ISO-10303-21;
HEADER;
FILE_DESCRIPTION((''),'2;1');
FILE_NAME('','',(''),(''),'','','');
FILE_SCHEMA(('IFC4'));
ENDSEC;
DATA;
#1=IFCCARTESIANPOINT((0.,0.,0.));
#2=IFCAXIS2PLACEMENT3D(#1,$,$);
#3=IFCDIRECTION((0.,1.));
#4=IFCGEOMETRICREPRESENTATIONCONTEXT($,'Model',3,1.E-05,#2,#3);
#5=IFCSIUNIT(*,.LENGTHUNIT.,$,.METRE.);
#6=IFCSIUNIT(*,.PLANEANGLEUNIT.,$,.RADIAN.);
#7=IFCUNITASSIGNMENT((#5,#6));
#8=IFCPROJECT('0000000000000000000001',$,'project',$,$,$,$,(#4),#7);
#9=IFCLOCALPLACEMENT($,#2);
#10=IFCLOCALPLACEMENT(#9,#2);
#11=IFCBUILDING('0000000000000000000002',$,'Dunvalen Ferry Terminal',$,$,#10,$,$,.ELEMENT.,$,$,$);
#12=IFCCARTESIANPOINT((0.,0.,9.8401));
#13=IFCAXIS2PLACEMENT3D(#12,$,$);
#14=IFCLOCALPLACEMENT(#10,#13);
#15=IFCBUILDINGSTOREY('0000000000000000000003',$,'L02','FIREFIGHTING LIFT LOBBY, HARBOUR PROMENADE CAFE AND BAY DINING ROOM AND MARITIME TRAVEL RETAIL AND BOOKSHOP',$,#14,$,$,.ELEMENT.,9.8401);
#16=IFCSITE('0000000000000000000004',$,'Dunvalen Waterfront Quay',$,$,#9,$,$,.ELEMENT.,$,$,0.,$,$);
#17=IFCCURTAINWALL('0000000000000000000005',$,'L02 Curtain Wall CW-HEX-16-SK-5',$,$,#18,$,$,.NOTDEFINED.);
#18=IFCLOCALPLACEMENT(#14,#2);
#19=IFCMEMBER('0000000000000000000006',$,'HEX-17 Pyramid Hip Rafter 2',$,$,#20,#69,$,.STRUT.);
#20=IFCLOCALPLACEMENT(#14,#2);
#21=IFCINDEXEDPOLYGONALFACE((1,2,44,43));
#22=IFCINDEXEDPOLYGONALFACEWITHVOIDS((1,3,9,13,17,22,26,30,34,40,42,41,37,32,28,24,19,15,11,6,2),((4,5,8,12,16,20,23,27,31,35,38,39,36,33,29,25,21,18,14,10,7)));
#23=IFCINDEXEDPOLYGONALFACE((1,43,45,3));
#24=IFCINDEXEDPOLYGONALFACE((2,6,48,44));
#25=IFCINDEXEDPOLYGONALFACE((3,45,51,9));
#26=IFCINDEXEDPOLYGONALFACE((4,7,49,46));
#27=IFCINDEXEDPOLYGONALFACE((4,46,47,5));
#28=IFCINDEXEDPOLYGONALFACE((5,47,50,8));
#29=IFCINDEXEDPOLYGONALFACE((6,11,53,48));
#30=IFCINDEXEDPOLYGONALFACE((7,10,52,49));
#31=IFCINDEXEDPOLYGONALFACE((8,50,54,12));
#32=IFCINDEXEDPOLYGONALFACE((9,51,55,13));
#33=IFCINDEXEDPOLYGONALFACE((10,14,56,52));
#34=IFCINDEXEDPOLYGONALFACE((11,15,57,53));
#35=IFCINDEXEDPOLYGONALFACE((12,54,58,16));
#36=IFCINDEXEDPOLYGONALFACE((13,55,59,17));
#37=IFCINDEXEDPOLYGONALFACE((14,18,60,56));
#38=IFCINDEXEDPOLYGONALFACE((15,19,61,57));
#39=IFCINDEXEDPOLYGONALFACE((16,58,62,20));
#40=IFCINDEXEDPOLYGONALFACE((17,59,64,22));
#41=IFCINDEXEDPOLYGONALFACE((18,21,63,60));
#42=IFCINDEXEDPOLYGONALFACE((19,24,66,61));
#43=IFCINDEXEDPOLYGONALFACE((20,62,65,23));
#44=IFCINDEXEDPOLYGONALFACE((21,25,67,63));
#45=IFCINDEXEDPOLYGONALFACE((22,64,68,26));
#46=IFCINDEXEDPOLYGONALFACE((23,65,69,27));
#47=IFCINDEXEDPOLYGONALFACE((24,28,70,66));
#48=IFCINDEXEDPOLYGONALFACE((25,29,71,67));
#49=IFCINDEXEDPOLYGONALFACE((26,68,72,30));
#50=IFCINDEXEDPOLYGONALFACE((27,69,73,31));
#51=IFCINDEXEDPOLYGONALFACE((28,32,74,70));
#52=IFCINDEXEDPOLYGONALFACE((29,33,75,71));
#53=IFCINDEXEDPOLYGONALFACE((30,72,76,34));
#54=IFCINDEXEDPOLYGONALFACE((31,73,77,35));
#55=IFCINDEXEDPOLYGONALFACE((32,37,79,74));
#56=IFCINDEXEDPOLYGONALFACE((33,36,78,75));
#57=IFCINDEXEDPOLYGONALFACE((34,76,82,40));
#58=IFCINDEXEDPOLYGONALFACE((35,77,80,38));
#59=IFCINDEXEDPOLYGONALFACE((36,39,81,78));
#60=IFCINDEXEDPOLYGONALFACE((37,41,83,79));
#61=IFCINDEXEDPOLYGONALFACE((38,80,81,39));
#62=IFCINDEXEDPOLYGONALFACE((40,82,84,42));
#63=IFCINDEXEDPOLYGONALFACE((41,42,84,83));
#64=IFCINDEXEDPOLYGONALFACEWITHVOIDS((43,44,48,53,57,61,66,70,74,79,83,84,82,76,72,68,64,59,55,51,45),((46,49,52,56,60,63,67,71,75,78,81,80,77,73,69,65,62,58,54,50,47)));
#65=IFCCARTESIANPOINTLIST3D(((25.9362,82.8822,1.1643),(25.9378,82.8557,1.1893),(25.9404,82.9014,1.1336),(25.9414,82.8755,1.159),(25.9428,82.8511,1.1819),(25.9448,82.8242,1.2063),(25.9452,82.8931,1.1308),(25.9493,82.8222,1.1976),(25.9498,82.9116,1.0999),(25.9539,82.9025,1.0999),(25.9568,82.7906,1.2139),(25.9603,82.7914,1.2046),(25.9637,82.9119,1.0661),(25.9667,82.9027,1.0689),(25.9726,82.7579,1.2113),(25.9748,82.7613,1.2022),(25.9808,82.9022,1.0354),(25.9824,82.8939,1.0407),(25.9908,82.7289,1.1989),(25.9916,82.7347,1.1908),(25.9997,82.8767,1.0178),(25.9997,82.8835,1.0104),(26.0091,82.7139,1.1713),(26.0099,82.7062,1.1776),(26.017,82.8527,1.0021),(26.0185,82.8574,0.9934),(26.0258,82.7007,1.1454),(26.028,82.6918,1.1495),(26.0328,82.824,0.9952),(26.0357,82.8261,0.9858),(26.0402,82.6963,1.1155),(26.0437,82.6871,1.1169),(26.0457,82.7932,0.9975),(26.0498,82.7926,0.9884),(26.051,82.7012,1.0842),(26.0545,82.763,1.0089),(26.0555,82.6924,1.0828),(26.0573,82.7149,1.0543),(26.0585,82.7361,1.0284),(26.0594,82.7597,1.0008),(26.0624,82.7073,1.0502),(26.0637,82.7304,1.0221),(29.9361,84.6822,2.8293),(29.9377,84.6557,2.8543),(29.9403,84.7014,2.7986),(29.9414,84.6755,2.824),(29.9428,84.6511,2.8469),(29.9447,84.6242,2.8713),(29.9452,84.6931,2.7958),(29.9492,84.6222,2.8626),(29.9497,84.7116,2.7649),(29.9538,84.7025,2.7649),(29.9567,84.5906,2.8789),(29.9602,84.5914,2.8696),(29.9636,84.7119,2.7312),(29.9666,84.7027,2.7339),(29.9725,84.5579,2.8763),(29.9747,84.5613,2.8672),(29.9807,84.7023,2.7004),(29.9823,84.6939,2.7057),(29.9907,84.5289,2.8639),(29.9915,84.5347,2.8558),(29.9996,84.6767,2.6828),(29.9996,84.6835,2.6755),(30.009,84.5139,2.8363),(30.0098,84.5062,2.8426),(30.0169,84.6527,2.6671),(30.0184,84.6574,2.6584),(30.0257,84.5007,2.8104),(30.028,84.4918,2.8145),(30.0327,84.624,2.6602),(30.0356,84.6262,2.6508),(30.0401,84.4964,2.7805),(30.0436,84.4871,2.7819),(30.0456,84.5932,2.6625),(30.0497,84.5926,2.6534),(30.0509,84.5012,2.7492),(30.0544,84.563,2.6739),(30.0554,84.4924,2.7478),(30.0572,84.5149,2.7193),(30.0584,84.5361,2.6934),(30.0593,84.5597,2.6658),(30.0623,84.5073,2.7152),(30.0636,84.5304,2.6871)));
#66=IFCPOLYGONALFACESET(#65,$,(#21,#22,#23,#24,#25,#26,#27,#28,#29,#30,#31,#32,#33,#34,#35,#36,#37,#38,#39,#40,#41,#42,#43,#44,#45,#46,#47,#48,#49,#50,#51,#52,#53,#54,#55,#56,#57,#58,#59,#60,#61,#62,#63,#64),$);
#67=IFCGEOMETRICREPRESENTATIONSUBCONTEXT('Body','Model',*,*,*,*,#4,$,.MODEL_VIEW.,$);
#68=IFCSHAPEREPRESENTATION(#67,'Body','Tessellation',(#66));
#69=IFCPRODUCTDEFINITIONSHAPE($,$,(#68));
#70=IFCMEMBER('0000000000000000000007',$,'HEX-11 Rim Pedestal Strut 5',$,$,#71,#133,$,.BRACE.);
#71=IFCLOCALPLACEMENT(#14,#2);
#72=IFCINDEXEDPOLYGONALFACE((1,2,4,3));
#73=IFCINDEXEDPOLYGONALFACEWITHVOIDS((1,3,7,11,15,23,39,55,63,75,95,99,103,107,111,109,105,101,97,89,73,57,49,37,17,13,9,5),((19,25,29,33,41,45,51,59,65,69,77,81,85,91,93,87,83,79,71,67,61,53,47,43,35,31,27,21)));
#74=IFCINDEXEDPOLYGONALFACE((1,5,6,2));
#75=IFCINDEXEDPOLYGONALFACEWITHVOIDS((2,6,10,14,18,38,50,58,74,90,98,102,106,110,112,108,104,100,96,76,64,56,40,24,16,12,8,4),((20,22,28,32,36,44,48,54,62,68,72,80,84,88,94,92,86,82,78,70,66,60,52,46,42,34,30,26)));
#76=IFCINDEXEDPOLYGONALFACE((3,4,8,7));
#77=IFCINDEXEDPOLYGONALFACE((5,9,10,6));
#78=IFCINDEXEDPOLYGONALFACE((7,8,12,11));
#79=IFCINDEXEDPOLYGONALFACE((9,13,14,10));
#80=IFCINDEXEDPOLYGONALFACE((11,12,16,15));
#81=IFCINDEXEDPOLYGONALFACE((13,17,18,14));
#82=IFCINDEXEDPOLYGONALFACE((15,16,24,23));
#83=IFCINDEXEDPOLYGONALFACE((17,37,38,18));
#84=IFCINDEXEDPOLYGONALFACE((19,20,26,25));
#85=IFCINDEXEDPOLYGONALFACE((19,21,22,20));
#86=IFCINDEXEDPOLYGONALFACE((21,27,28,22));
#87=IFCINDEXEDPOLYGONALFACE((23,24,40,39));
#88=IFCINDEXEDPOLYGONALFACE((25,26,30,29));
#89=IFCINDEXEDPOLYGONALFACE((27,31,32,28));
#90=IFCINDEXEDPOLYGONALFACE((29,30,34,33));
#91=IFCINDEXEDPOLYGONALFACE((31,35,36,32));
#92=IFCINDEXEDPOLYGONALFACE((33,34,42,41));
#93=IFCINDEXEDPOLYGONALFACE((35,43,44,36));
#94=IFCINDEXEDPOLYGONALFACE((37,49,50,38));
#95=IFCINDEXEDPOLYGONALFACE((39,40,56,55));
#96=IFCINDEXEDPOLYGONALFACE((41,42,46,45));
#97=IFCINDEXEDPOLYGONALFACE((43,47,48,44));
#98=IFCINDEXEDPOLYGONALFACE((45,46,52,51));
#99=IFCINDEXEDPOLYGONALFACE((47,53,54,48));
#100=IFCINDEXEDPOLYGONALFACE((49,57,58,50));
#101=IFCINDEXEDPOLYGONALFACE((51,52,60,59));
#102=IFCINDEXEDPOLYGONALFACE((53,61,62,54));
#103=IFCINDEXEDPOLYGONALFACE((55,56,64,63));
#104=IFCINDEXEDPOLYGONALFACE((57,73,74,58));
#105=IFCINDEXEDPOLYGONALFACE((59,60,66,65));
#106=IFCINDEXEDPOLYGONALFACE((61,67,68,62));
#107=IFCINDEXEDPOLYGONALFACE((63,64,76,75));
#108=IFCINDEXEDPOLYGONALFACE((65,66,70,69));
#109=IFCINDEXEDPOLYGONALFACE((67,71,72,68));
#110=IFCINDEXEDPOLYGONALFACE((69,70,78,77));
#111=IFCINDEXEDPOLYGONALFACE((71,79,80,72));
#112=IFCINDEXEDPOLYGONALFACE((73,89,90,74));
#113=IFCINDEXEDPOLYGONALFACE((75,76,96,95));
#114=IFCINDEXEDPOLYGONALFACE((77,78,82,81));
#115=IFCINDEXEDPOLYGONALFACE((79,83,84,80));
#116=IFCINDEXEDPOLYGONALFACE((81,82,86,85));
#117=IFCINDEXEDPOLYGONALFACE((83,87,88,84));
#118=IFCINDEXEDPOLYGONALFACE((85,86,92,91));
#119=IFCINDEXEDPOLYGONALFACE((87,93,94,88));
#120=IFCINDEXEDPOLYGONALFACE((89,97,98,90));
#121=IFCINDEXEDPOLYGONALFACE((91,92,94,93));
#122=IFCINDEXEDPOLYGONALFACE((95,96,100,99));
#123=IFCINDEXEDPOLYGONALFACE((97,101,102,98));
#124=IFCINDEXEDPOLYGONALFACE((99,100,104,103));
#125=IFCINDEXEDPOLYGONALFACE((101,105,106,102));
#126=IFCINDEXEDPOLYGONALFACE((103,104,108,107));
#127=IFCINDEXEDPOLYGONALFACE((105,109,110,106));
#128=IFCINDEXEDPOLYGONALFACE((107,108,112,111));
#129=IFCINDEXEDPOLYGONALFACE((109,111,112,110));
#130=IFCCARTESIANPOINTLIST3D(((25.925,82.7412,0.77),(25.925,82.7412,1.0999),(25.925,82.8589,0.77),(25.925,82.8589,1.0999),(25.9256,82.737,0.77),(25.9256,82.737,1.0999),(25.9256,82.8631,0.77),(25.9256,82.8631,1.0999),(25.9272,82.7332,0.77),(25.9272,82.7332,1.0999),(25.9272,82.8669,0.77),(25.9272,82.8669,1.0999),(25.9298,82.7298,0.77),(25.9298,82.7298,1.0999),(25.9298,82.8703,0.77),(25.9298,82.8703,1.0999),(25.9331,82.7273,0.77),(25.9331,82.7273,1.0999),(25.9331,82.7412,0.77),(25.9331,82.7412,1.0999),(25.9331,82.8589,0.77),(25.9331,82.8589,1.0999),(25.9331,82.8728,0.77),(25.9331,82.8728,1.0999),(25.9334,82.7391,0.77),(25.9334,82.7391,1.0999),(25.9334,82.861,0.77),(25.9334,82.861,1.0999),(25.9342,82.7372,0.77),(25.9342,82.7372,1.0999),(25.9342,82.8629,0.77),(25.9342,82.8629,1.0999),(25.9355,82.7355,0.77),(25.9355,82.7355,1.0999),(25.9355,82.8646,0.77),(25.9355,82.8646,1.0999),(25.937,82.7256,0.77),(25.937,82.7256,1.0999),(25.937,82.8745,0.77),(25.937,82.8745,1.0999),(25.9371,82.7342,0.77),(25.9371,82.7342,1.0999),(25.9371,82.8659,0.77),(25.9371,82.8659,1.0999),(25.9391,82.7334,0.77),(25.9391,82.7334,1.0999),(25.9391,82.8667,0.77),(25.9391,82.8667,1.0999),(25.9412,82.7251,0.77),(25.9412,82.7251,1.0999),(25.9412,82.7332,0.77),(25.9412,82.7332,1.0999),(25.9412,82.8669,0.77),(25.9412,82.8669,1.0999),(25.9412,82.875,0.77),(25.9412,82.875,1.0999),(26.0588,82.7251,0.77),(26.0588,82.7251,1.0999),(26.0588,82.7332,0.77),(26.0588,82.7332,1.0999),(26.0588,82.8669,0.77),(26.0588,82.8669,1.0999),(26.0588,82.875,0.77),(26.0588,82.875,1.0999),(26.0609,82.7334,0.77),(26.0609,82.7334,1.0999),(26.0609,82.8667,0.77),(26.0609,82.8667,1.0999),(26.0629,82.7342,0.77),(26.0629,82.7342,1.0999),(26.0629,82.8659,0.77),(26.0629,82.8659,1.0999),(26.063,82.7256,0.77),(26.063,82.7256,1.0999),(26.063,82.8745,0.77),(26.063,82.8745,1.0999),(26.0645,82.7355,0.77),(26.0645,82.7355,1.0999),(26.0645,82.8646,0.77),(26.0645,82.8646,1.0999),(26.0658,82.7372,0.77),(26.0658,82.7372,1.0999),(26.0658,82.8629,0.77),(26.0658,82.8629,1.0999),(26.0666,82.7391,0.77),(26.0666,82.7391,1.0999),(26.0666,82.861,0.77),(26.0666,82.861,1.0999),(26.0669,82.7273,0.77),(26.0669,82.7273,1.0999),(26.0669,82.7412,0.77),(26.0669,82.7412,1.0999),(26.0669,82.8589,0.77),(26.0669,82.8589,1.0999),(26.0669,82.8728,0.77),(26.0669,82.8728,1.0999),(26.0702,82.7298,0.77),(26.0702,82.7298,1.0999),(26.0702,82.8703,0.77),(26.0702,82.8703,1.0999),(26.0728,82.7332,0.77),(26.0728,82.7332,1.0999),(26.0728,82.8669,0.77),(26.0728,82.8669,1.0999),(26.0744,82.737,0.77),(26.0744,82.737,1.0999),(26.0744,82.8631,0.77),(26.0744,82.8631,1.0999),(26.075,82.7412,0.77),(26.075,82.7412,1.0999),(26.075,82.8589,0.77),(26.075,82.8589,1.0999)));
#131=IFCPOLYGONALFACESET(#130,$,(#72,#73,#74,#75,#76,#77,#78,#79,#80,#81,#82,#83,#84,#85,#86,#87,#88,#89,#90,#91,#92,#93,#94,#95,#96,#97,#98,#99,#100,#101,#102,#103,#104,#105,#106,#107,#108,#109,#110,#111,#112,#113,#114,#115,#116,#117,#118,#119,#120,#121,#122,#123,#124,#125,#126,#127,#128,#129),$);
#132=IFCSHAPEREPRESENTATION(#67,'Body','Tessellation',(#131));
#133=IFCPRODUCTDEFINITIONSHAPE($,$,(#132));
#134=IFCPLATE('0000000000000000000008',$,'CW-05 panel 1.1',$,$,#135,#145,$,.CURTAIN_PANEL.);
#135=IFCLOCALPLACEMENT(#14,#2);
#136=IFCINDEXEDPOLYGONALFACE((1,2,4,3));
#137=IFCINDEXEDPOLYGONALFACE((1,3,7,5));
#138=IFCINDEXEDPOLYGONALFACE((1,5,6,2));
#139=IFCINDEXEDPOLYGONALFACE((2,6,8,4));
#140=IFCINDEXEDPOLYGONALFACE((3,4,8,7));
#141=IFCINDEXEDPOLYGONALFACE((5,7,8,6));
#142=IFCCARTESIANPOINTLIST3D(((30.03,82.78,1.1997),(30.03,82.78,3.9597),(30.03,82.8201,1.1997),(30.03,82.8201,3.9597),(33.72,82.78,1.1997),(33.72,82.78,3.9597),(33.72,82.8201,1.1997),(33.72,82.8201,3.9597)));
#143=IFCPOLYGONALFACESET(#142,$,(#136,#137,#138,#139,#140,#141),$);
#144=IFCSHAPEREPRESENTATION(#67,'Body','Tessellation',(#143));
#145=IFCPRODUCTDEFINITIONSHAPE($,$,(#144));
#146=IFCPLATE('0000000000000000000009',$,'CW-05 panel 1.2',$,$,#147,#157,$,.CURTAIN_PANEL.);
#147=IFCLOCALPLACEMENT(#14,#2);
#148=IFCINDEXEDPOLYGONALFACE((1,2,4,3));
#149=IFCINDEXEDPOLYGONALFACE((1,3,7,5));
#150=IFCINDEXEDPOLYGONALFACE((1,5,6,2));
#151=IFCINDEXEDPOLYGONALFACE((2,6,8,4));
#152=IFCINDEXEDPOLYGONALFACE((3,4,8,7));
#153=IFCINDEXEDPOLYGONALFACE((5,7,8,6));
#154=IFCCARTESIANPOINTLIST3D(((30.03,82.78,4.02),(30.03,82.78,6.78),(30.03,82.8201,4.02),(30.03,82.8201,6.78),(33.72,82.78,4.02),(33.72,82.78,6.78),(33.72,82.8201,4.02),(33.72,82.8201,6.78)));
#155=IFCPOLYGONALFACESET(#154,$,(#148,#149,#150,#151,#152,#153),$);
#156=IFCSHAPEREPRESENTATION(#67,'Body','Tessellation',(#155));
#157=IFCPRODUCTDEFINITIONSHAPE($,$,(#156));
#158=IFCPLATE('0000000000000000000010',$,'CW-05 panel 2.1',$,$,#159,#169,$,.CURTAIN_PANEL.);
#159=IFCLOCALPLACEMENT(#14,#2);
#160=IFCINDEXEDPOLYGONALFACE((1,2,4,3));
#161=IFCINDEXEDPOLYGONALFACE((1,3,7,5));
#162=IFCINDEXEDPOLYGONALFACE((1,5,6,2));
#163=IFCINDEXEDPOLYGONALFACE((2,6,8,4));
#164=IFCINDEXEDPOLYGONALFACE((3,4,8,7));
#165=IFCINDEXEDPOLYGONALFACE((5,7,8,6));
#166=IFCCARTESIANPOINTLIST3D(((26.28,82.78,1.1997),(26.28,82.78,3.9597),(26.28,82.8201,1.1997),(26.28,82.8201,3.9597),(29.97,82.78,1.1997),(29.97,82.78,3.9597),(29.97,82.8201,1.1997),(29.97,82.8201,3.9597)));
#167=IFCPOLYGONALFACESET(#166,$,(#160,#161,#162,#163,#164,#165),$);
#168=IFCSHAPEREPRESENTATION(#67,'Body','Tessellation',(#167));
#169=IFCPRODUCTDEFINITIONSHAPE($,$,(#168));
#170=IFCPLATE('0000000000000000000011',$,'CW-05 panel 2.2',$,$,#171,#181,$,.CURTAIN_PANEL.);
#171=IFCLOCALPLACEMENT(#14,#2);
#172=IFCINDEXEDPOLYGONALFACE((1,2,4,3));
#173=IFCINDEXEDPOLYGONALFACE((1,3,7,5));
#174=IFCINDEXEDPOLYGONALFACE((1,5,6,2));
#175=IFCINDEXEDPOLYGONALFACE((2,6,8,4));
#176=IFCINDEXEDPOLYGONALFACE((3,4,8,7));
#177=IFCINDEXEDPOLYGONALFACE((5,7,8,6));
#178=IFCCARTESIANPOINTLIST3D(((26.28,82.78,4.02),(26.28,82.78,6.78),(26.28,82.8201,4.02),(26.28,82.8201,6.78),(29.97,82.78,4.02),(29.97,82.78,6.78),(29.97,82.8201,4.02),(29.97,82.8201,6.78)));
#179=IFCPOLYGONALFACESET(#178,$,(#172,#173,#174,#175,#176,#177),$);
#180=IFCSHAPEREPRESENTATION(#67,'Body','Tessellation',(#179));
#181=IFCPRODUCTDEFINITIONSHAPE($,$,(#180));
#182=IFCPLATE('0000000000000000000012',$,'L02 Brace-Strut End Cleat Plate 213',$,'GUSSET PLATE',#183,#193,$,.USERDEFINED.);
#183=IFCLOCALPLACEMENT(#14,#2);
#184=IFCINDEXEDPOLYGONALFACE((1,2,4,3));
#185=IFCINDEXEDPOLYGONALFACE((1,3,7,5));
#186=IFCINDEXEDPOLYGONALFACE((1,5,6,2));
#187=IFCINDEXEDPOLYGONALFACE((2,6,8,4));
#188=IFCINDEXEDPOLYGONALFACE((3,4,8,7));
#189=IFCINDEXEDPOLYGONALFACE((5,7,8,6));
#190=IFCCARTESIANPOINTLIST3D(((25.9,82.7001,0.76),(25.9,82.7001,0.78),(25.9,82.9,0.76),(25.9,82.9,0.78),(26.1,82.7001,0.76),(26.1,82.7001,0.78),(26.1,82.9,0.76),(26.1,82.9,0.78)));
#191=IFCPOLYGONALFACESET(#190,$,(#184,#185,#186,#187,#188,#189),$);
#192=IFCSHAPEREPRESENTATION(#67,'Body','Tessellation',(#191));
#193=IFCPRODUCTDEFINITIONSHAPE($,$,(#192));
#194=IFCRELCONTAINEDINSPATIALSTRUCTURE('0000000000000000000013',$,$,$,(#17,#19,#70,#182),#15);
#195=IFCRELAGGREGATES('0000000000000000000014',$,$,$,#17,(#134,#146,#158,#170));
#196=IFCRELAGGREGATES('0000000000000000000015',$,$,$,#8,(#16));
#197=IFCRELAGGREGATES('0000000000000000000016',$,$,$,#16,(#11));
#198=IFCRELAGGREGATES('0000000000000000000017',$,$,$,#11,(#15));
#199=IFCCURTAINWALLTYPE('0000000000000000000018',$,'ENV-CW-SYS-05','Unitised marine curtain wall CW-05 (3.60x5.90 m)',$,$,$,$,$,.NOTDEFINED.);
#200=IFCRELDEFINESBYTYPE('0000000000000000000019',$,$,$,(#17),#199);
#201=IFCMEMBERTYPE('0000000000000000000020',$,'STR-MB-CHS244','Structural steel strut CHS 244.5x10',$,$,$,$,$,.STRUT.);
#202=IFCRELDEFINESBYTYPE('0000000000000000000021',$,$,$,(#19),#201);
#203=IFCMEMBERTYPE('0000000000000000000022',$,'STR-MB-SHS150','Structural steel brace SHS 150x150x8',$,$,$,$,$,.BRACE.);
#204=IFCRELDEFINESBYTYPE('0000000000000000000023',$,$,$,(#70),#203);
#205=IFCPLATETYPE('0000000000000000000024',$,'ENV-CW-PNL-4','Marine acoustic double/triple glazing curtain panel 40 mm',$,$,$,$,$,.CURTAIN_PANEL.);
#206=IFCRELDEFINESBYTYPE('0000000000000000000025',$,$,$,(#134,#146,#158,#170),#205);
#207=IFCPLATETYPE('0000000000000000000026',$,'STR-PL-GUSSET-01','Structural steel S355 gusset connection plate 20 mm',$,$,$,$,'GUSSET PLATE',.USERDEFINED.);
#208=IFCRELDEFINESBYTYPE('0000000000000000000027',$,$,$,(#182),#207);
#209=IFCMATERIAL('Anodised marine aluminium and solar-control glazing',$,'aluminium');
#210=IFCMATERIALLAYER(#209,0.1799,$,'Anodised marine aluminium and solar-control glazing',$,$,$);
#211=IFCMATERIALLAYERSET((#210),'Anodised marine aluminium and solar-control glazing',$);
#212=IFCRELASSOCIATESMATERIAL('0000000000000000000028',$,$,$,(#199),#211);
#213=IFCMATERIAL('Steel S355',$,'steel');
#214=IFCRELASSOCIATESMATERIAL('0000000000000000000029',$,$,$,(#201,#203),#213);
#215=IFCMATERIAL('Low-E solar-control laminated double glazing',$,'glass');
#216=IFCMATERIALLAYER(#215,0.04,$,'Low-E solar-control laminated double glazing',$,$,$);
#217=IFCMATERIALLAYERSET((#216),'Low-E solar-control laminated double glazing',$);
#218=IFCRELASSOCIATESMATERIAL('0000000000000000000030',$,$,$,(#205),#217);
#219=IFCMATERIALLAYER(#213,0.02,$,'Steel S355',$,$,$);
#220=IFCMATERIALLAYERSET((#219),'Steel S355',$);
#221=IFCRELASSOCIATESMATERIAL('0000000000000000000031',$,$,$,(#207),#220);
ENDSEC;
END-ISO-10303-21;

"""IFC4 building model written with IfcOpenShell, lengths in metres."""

from ifc_helpers import new_model, si_unit, direction, frame, origin, origin_2d, place, context, subcontext, project, spatial, rectangle, hollow_rectangle, hollow_circle, extrude, material, layer, layer_set, material_profile, profile_set, type_object, element, aggregate, save


model = new_model("IFC4")

# Units and contexts
model_context = context("Model", 3, precision=1e-05, world=origin(), true_north=direction((0.0, 1.0)))
body_context = subcontext(model_context, "Body", "Model", "MODEL_VIEW")
ifc_project = project(units=[si_unit("LENGTHUNIT", "METRE"), si_unit("PLANEANGLEUNIT", "RADIAN")], contexts=[model_context])

# Site, building, storey
site_placement = place(None, origin())
site = spatial("IfcSite", under=ifc_project, at=site_placement, Name="Dunvalen Waterfront Quay", CompositionType="ELEMENT", RefElevation=0.0)
building_placement = place(site_placement, origin())
building = spatial("IfcBuilding", under=site, at=building_placement, Name="Dunvalen Ferry Terminal", CompositionType="ELEMENT")
storey_placement = place(building_placement, frame((0.0, 0.0, 9.8401)))
storey = spatial("IfcBuildingStorey", under=building, at=storey_placement, Name="L02", Description="FIREFIGHTING LIFT LOBBY, HARBOUR PROMENADE CAFE AND BAY DINING ROOM AND MARITIME TRAVEL RETAIL AND BOOKSHOP", CompositionType="ELEMENT", Elevation=9.8401)

# Curtain wall
ifc_material_1 = material(Name="Anodised marine aluminium and solar-control glazing", Category="aluminium")
ifc_layer_1 = layer(ifc_material_1, 0.1799, Name="Anodised marine aluminium and solar-control glazing")
ifc_layer_set_1 = layer_set([ifc_layer_1], Name="Anodised marine aluminium and solar-control glazing")
curtain_wall_type = type_object("IfcCurtainWallType", Name="ENV-CW-SYS-05", Description="Unitised marine curtain wall CW-05 (3.60x5.90 m)", PredefinedType="NOTDEFINED", material=ifc_layer_set_1)
curtain_wall_placement = place(storey_placement, origin())
curtain_wall = element("IfcCurtainWall", 1, at=curtain_wall_placement, inside=storey, type_object=curtain_wall_type, Name="L02 Curtain Wall CW-HEX-16-SK-5", PredefinedType="NOTDEFINED")

# Shared definitions
ifc_material_2 = material(Name="Steel S355", Category="steel")

# Members
ifc_material_profile_1 = material_profile(ifc_material_2, hollow_circle(Radius=0.1223, WallThickness=0.01, at=origin_2d()), Name="Steel S355")
ifc_profile_set_1 = profile_set([ifc_material_profile_1], Name="Steel S355")
member_type_1 = type_object("IfcMemberType", Name="STR-MB-CHS244", Description="Structural steel strut CHS 244.5x10", PredefinedType="STRUT", material=ifc_profile_set_1)
member_1_placement = place(storey_placement, frame((26.0, 82.8, 1.0999), z_axis=(0.85256, 0.383662, 0.354886), x_axis=(-0.410374, 0.911917, 0.0)))
element("IfcMember", 2, at=member_1_placement, inside=storey, type_object=member_type_1, Name="HEX-17 Pyramid Hip Rafter 2", PredefinedType="STRUT", context=body_context, shape_type="SweptSolid", body=[
    extrude(hollow_circle(Radius=0.1223, WallThickness=0.01, at=origin_2d()), origin(), (0.0, 0.0, 1.0), 4.6917),
])
ifc_material_profile_2 = material_profile(ifc_material_2, hollow_rectangle(XDim=0.1499, YDim=0.1499, WallThickness=0.0081, InnerFilletRadius=0.0081, OuterFilletRadius=0.0161, at=origin_2d()), Name="Steel S355")
ifc_profile_set_2 = profile_set([ifc_material_profile_2], Name="Steel S355")
member_type_2 = type_object("IfcMemberType", Name="STR-MB-SHS150", Description="Structural steel brace SHS 150x150x8", PredefinedType="BRACE", material=ifc_profile_set_2)
member_2_placement = place(storey_placement, frame((26.0, 82.8, 0.77), z_axis=(0.0, 0.0, 1.0), x_axis=(1.0, 0.0, 0.0)))
element("IfcMember", 3, at=member_2_placement, inside=storey, type_object=member_type_2, Name="HEX-11 Rim Pedestal Strut 5", PredefinedType="BRACE", context=body_context, shape_type="SweptSolid", body=[
    extrude(hollow_rectangle(XDim=0.1499, YDim=0.1499, WallThickness=0.0081, InnerFilletRadius=0.0081, OuterFilletRadius=0.0161, at=origin_2d()), origin(), (0.0, 0.0, 1.0), 0.3298),
])

# Plates
ifc_material_3 = material(Name="Low-E solar-control laminated double glazing", Category="glass")
ifc_layer_2 = layer(ifc_material_3, 0.04, Name="Low-E solar-control laminated double glazing")
ifc_layer_set_2 = layer_set([ifc_layer_2], Name="Low-E solar-control laminated double glazing")
plate_type_1 = type_object("IfcPlateType", Name="ENV-CW-PNL-4", Description="Marine acoustic double/triple glazing curtain panel 40 mm", PredefinedType="CURTAIN_PANEL", material=ifc_layer_set_2)
plate_1_placement = place(storey_placement, frame((31.875, 82.8, 1.1997), z_axis=(0.0, 0.0, 1.0), x_axis=(-1.0, 0.0, 0.0)))
plate_1 = element("IfcPlate", 4, at=plate_1_placement, type_object=plate_type_1, Name="CW-05 panel 1.1", PredefinedType="CURTAIN_PANEL", context=body_context, shape_type="SweptSolid", body=[
    extrude(rectangle(XDim=3.6899, YDim=0.04, at=origin_2d()), origin(), (0.0, 0.0, 1.0), 2.76),
])
plate_2_placement = place(storey_placement, frame((31.875, 82.8, 4.02), z_axis=(0.0, 0.0, 1.0), x_axis=(-1.0, 0.0, 0.0)))
plate_2 = element("IfcPlate", 5, at=plate_2_placement, type_object=plate_type_1, Name="CW-05 panel 1.2", PredefinedType="CURTAIN_PANEL", context=body_context, shape_type="SweptSolid", body=[
    extrude(rectangle(XDim=3.6899, YDim=0.04, at=origin_2d()), origin(), (0.0, 0.0, 1.0), 2.76),
])
plate_3_placement = place(storey_placement, frame((28.125, 82.8, 1.1997), z_axis=(0.0, 0.0, 1.0), x_axis=(-1.0, 0.0, 0.0)))
plate_3 = element("IfcPlate", 6, at=plate_3_placement, type_object=plate_type_1, Name="CW-05 panel 2.1", PredefinedType="CURTAIN_PANEL", context=body_context, shape_type="SweptSolid", body=[
    extrude(rectangle(XDim=3.6899, YDim=0.04, at=origin_2d()), origin(), (0.0, 0.0, 1.0), 2.76),
])
plate_4_placement = place(storey_placement, frame((28.125, 82.8, 4.02), z_axis=(0.0, 0.0, 1.0), x_axis=(-1.0, 0.0, 0.0)))
plate_4 = element("IfcPlate", 7, at=plate_4_placement, type_object=plate_type_1, Name="CW-05 panel 2.2", PredefinedType="CURTAIN_PANEL", context=body_context, shape_type="SweptSolid", body=[
    extrude(rectangle(XDim=3.6899, YDim=0.04, at=origin_2d()), origin(), (0.0, 0.0, 1.0), 2.76),
])
aggregate(curtain_wall, [plate_1, plate_2, plate_3, plate_4])

# Plate
ifc_layer_3 = layer(ifc_material_2, 0.02, Name="Steel S355")
ifc_layer_set_3 = layer_set([ifc_layer_3], Name="Steel S355")
plate_type_2 = type_object("IfcPlateType", Name="STR-PL-GUSSET-01", Description="Structural steel S355 gusset connection plate 20 mm", ElementType="GUSSET PLATE", PredefinedType="USERDEFINED", material=ifc_layer_set_3)
plate_5_placement = place(storey_placement, frame((26.0, 82.8, 0.76), z_axis=(0.0, 0.0, 1.0), x_axis=(1.0, 0.0, 0.0)))
element("IfcPlate", 8, at=plate_5_placement, inside=storey, type_object=plate_type_2, Name="L02 Brace-Strut End Cleat Plate 213", ObjectType="GUSSET PLATE", PredefinedType="USERDEFINED", context=body_context, shape_type="SweptSolid", body=[
    extrude(rectangle(XDim=0.2, YDim=0.2, at=origin_2d()), origin(), (0.0, 0.0, 1.0), 0.02),
])

save(model, "model.ifc")
